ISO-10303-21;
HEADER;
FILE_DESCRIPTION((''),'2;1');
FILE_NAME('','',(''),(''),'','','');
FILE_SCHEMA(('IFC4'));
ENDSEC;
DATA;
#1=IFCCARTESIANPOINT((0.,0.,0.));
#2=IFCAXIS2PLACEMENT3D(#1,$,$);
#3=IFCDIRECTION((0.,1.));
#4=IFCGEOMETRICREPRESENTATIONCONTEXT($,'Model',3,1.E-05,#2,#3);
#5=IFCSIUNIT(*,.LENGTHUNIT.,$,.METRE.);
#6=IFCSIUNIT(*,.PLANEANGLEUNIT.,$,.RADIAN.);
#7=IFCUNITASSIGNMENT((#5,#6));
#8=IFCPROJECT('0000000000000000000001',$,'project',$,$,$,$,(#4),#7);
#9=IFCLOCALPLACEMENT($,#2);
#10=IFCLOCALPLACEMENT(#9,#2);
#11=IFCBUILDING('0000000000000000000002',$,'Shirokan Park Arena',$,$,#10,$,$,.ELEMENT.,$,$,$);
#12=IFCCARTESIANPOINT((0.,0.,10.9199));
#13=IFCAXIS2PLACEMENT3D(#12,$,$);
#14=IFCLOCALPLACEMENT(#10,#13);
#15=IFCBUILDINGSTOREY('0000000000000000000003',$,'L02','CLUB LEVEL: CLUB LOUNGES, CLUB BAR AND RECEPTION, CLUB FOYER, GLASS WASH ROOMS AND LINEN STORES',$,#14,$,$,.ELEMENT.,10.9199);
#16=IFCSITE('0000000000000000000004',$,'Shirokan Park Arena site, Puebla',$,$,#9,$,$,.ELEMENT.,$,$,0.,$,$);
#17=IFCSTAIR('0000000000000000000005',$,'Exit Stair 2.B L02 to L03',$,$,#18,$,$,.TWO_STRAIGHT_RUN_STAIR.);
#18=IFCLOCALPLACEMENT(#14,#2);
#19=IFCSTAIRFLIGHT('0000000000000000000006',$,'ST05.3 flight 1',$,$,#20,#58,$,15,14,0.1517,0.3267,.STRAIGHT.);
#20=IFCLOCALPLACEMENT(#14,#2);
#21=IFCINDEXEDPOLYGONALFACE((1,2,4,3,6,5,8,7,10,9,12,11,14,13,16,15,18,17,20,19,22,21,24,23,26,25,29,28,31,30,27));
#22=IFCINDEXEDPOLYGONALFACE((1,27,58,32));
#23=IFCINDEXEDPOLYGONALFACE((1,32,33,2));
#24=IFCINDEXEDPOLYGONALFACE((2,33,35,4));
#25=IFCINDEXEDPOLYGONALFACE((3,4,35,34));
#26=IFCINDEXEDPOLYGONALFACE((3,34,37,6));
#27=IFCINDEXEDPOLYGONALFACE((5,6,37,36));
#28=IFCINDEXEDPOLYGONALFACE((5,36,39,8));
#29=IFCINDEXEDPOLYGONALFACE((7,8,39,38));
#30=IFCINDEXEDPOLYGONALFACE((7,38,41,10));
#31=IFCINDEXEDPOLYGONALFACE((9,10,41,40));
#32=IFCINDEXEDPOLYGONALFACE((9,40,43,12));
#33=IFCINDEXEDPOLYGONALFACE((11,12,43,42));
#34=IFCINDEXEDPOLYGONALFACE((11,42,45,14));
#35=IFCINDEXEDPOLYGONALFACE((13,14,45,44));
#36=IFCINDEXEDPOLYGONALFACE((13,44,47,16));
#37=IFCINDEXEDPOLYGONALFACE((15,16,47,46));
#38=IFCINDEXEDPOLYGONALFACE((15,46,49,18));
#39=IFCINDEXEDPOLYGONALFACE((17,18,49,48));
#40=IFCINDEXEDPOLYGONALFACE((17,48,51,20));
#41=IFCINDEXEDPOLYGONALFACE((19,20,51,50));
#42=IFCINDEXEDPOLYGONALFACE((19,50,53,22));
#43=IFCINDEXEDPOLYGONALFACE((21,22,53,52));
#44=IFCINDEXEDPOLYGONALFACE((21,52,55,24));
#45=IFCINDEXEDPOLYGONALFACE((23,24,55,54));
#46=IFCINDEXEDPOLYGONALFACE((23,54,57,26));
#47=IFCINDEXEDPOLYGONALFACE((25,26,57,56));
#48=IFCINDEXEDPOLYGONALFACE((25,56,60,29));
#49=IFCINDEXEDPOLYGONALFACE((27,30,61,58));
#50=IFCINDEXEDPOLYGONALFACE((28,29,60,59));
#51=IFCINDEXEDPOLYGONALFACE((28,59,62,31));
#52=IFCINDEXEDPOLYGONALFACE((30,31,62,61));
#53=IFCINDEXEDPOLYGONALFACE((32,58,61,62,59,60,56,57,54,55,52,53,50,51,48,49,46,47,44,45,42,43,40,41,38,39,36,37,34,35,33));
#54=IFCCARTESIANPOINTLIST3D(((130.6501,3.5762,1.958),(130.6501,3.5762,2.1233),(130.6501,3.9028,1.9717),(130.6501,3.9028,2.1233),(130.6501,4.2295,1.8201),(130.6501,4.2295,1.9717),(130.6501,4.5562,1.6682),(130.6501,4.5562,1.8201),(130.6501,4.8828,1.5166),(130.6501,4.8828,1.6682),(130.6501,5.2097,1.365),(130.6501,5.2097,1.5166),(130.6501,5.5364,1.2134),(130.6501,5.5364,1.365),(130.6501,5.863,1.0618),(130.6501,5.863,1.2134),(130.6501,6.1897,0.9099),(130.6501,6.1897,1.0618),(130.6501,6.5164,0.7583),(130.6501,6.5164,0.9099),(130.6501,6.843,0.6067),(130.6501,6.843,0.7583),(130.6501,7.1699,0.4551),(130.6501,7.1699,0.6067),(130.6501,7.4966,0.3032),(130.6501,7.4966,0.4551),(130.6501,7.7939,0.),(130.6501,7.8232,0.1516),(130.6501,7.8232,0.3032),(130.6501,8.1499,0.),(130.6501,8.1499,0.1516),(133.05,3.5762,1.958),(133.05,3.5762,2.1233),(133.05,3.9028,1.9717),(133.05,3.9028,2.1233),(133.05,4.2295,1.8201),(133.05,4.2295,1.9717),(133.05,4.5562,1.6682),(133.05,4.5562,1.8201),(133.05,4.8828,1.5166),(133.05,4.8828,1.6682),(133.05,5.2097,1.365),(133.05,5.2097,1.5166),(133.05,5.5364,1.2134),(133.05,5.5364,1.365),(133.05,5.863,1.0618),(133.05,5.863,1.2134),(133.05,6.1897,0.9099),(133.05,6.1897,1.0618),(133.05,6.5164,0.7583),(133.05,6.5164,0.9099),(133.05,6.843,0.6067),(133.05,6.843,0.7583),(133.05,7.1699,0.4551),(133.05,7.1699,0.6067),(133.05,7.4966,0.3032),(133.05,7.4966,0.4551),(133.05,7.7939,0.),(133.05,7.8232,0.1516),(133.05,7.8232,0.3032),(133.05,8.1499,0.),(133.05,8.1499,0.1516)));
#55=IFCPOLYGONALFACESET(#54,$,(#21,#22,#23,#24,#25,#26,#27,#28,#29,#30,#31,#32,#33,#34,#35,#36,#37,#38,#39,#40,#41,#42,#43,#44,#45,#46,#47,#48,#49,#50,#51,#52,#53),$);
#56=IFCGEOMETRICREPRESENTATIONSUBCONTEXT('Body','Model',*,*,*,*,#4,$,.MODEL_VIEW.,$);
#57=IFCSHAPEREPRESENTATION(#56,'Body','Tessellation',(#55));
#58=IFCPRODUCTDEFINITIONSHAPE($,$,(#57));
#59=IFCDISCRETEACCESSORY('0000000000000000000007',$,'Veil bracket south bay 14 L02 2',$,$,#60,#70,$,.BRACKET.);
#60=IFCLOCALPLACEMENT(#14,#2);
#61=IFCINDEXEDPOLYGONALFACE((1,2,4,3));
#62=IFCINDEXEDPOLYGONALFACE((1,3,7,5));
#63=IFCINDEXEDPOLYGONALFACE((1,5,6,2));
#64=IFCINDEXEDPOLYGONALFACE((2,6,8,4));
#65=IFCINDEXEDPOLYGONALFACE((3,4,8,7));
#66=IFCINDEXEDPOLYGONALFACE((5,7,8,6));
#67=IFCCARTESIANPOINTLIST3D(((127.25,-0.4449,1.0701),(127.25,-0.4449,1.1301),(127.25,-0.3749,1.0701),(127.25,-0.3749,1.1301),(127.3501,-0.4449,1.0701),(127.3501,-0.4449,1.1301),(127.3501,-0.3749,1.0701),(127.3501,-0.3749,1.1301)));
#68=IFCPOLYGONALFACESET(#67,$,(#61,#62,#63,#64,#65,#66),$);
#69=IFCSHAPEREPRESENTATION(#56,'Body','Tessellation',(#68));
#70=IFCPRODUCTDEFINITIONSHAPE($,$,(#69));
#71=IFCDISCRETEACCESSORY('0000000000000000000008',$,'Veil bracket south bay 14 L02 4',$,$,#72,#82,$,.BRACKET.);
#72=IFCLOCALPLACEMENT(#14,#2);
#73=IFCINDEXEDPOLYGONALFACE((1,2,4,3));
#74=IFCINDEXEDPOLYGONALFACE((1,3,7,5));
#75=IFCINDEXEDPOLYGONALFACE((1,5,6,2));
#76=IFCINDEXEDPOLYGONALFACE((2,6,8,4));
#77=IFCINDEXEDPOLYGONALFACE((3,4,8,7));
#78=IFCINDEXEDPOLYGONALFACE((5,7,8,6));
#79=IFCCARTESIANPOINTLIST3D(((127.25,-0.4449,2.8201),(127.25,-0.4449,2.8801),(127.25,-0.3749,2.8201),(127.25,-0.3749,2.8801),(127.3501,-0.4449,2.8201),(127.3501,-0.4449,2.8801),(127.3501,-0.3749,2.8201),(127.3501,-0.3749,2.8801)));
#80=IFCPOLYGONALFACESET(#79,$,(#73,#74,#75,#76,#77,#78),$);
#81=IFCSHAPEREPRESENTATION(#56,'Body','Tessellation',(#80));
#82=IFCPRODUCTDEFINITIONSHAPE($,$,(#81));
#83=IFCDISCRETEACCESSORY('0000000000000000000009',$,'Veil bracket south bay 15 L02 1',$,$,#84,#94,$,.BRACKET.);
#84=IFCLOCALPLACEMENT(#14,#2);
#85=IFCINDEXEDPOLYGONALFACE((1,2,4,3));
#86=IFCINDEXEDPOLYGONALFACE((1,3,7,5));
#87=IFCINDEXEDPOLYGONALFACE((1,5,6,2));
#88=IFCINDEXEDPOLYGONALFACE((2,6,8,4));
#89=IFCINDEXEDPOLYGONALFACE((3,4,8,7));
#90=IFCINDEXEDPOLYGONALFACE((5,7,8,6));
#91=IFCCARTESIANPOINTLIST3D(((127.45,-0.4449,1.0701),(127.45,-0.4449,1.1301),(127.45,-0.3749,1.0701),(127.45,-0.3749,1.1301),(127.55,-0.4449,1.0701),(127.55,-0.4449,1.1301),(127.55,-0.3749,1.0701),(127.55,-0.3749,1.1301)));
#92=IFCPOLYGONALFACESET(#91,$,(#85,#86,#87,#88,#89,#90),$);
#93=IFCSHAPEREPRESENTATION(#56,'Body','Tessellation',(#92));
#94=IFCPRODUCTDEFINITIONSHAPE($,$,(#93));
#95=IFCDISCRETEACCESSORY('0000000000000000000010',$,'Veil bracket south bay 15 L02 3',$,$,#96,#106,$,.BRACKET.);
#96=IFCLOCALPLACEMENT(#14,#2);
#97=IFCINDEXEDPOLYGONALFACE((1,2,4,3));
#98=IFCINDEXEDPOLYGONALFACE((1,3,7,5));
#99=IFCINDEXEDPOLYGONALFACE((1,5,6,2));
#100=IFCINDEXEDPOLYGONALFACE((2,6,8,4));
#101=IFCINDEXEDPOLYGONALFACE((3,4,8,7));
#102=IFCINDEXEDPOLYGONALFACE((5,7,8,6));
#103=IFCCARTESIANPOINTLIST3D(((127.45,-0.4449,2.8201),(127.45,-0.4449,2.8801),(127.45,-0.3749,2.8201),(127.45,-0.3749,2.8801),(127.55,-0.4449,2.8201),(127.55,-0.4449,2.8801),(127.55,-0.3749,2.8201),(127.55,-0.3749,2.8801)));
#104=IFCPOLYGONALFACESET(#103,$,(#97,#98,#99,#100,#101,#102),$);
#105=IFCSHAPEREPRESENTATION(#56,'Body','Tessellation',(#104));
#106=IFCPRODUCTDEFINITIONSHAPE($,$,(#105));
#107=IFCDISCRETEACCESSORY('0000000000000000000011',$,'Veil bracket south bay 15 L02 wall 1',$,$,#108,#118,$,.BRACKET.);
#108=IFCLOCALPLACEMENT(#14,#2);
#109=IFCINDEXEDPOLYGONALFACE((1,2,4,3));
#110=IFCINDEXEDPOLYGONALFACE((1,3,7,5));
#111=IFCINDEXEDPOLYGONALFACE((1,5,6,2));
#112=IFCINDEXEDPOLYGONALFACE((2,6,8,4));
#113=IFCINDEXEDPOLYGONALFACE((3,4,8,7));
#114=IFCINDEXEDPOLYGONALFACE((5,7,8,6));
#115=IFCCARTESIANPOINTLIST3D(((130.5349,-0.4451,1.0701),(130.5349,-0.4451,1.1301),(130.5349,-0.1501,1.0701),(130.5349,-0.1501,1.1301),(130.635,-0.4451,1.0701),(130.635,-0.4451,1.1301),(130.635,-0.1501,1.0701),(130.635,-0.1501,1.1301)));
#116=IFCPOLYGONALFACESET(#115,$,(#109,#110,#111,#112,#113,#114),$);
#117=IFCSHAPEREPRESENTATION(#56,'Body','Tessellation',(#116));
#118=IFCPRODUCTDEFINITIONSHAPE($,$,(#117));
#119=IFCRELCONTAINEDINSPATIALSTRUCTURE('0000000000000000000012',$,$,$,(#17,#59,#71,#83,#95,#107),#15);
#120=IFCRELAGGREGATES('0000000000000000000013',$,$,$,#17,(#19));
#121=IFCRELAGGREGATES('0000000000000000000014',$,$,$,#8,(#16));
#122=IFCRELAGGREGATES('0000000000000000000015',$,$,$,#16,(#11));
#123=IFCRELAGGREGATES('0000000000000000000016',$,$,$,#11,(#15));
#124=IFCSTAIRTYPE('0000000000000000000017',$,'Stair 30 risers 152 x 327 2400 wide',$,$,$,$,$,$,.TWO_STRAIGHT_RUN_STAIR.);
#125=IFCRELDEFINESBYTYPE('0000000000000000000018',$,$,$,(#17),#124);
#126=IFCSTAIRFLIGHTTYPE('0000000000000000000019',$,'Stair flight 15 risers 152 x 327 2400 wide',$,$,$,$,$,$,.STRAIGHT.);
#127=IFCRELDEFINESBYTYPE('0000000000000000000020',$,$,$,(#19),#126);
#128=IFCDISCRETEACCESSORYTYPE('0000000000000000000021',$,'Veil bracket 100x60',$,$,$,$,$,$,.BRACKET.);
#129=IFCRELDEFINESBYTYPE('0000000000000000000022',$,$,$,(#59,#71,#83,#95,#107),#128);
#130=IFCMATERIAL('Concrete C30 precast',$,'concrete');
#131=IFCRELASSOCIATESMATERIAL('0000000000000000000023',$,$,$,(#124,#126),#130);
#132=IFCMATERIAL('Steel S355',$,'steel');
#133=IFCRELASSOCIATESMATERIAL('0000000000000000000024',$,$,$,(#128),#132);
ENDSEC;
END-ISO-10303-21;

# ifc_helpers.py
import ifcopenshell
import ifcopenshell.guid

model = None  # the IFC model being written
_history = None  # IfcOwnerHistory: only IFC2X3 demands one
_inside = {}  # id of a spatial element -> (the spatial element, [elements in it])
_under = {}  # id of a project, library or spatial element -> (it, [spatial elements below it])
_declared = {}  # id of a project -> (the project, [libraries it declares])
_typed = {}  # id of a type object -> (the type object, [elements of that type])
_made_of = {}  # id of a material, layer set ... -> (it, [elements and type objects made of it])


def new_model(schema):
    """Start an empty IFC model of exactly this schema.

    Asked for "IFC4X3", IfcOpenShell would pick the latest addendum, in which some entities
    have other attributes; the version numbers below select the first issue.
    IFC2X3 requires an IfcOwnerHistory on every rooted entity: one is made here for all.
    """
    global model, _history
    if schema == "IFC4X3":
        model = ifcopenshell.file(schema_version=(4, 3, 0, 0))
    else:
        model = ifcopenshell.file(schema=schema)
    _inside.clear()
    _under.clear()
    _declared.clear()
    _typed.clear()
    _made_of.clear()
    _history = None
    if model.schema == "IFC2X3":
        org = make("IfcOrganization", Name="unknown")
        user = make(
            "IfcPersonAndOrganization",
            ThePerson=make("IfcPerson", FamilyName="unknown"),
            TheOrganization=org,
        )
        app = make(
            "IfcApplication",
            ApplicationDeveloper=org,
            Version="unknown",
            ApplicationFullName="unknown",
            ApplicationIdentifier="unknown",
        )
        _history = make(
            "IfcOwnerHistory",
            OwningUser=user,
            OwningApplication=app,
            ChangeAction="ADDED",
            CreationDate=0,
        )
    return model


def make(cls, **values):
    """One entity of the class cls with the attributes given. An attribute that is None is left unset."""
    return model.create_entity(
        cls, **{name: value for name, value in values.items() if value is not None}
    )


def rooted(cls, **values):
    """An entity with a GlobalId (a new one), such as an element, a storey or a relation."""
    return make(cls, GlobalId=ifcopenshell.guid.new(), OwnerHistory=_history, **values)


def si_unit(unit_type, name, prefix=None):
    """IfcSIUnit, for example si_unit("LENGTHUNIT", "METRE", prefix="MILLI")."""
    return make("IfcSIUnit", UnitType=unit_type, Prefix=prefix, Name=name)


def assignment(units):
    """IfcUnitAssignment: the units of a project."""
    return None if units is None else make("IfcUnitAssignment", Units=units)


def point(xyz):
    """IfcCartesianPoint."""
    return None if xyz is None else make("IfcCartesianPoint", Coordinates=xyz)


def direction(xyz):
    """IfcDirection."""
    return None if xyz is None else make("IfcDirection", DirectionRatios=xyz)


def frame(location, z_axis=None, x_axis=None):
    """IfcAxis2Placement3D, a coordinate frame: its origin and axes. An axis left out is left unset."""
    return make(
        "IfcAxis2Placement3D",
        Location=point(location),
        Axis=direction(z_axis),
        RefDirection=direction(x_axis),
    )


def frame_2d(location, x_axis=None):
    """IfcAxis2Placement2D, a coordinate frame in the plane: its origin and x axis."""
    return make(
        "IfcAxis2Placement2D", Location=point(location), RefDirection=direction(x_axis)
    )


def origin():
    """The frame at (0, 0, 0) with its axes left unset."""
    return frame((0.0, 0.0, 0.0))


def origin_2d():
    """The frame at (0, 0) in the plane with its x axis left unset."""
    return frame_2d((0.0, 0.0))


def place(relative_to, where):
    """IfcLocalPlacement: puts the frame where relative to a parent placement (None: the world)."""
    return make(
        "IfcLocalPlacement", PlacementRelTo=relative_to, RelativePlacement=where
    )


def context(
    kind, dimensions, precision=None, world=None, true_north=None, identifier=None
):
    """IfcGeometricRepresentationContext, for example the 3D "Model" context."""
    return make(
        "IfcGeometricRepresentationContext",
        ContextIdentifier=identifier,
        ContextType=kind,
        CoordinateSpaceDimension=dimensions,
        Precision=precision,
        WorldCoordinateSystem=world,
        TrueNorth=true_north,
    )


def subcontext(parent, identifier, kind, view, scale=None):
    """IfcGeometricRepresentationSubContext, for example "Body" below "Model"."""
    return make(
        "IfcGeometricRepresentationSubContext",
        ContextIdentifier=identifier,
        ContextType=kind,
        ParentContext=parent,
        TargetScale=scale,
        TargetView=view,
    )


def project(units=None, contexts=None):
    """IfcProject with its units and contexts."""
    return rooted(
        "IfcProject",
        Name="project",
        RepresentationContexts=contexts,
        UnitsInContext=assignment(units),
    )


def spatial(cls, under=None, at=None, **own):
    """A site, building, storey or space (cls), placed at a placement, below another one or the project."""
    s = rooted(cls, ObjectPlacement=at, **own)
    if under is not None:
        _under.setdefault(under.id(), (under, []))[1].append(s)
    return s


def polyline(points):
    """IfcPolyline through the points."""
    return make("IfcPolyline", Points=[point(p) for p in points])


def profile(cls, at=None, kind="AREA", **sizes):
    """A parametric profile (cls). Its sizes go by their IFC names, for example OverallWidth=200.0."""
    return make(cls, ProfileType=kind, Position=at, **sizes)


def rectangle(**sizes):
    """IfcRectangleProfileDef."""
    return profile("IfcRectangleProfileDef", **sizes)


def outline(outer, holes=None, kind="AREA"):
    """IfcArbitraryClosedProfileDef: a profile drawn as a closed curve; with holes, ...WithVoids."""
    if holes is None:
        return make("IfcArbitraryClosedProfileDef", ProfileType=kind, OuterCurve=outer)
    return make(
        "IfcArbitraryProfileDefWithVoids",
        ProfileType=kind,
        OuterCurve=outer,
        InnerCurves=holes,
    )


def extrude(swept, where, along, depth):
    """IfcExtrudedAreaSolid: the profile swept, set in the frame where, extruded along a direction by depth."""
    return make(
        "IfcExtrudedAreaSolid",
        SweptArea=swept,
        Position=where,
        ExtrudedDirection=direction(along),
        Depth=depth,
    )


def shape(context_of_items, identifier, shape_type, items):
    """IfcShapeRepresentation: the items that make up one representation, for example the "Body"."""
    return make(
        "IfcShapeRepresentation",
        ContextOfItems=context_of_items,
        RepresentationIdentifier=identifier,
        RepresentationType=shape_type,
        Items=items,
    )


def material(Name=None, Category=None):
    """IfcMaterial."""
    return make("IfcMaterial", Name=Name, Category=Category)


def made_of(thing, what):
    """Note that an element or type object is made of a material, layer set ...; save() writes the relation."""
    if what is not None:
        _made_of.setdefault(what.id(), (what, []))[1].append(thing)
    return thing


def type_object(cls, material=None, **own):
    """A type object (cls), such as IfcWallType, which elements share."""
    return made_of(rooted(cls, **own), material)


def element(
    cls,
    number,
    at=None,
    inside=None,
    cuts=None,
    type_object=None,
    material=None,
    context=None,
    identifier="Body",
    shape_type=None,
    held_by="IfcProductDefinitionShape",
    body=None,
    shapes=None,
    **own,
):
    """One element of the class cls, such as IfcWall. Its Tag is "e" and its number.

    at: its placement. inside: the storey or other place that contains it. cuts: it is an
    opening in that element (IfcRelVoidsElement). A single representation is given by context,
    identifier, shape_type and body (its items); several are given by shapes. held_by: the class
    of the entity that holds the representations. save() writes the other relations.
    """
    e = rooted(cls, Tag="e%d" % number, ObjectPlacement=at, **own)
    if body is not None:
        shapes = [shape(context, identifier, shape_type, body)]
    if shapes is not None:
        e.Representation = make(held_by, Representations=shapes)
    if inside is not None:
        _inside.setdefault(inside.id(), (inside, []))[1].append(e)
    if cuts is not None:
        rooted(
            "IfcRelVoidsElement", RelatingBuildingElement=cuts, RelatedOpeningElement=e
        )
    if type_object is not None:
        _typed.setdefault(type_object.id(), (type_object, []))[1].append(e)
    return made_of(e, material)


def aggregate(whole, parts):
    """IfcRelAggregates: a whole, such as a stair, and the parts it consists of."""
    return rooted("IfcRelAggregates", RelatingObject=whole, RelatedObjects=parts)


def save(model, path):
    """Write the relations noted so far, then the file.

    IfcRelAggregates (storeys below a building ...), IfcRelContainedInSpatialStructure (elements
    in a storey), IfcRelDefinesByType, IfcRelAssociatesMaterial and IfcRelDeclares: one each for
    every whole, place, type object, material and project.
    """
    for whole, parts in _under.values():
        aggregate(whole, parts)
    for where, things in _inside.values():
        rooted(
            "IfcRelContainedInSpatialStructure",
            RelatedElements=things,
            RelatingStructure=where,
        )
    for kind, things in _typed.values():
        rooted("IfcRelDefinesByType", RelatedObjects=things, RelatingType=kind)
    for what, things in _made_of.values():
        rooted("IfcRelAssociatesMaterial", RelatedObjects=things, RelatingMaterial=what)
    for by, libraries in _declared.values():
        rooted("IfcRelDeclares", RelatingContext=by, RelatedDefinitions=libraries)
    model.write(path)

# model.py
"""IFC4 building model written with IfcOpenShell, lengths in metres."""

from ifc_helpers import new_model, si_unit, direction, frame, origin, origin_2d, place, context, subcontext, project, spatial, polyline, rectangle, outline, extrude, material, type_object, element, aggregate, save


model = new_model("IFC4")

# Units and contexts
model_context = context("Model", 3, precision=1e-05, world=origin(), true_north=direction((0.0, 1.0)))
body_context = subcontext(model_context, "Body", "Model", "MODEL_VIEW")
ifc_project = project(units=[si_unit("LENGTHUNIT", "METRE"), si_unit("PLANEANGLEUNIT", "RADIAN")], contexts=[model_context])

# Site, building, storey
site_placement = place(None, origin())
site = spatial("IfcSite", under=ifc_project, at=site_placement, Name="Shirokan Park Arena site, Puebla", CompositionType="ELEMENT", RefElevation=0.0)
building_placement = place(site_placement, origin())
building = spatial("IfcBuilding", under=site, at=building_placement, Name="Shirokan Park Arena", CompositionType="ELEMENT")
storey_placement = place(building_placement, frame((0.0, 0.0, 10.9199)))
storey = spatial("IfcBuildingStorey", under=building, at=storey_placement, Name="L02", Description="CLUB LEVEL: CLUB LOUNGES, CLUB BAR AND RECEPTION, CLUB FOYER, GLASS WASH ROOMS AND LINEN STORES", CompositionType="ELEMENT", Elevation=10.9199)

# Shared definitions
ifc_material_1 = material(Name="Steel S355", Category="steel")

# Stair, stair flight
ifc_material_2 = material(Name="Concrete C30 precast", Category="concrete")
stair_type = type_object("IfcStairType", Name="Stair 30 risers 152 x 327 2400 wide", PredefinedType="TWO_STRAIGHT_RUN_STAIR", material=ifc_material_2)
stair_placement = place(storey_placement, origin())
stair = element("IfcStair", 1, at=stair_placement, inside=storey, type_object=stair_type, Name="Exit Stair 2.B L02 to L03", PredefinedType="TWO_STRAIGHT_RUN_STAIR")
stair_flight_type = type_object("IfcStairFlightType", Name="Stair flight 15 risers 152 x 327 2400 wide", PredefinedType="STRAIGHT", material=ifc_material_2)
stair_flight_placement = place(storey_placement, frame((131.8501, 8.1499, 0.0), z_axis=(0.0, 0.0, 1.0), x_axis=(0.0, -1.0, 0.0)))
stair_flight = element("IfcStairFlight", 2, at=stair_flight_placement, type_object=stair_flight_type, Name="ST05.3 flight 1", NumberOfRisers=15, NumberOfTreads=14, PredefinedType="STRAIGHT", RiserHeight=0.1517, TreadLength=0.3267, context=body_context, shape_type="SweptSolid", body=[
    extrude(outline(polyline([(0.0, 0.0), (0.0, 0.1516), (0.3267, 0.1516), (0.3267, 0.3032), (0.6533, 0.3032), (0.6533, 0.4551), (0.98, 0.4551), (0.98, 0.6067), (1.3069, 0.6067), (1.3069, 0.7583), (1.6335, 0.7583), (1.6335, 0.9099), (1.9602, 0.9099), (1.9602, 1.0618), (2.2869, 1.0618), (2.2869, 1.2134), (2.6135, 1.2134), (2.6135, 1.365), (2.9402, 1.365), (2.9402, 1.5166), (3.2671, 1.5166), (3.2671, 1.6682), (3.5938, 1.6682), (3.5938, 1.8201), (3.9204, 1.8201), (3.9204, 1.9717), (4.2471, 1.9717), (4.2471, 2.1233), (4.5737, 2.1233), (4.5737, 2.2749), (4.5737, 1.958), (0.356, 0.0), (0.0, 0.0)])), frame((0.0, 1.2, 0.0), z_axis=(0.0, -1.0, 0.0), x_axis=(1.0, 0.0, 0.0)), (0.0, 0.0, 1.0), 2.3999),
])
aggregate(stair, [stair_flight])

# Discrete accessories
discrete_accessory_type = type_object("IfcDiscreteAccessoryType", Name="Veil bracket 100x60", PredefinedType="BRACKET", material=ifc_material_1)
for number, where, z_axis, x_axis, name in (
    (3, (127.3, -0.4099, 1.0701), (0.0, 0.0, 1.0), (1.0, 0.0, 0.0), "Veil bracket south bay 14 L02 2"),
    (4, (127.3, -0.4099, 2.8201), (0.0, 0.0, 1.0), (1.0, 0.0, 0.0), "Veil bracket south bay 14 L02 4"),
    (5, (127.5, -0.4099, 1.0701), (0.0, 0.0, 1.0), (1.0, 0.0, 0.0), "Veil bracket south bay 15 L02 1"),
    (6, (127.5, -0.4099, 2.8201), (0.0, 0.0, 1.0), (1.0, 0.0, 0.0), "Veil bracket south bay 15 L02 3"),
):
    element("IfcDiscreteAccessory", number, at=place(storey_placement, frame(where, z_axis=z_axis, x_axis=x_axis)), inside=storey, type_object=discrete_accessory_type, Name=name, PredefinedType="BRACKET", context=body_context, shape_type="SweptSolid", body=[
        extrude(rectangle(XDim=0.1001, YDim=0.0701, at=origin_2d()), origin(), (0.0, 0.0, 1.0), 0.0601),
    ])
discrete_accessory_placement = place(storey_placement, frame((130.585, -0.2976, 1.0701), z_axis=(0.0, 0.0, 1.0), x_axis=(1.0, 0.0, 0.0)))
element("IfcDiscreteAccessory", 7, at=discrete_accessory_placement, inside=storey, type_object=discrete_accessory_type, Name="Veil bracket south bay 15 L02 wall 1", PredefinedType="BRACKET", context=body_context, shape_type="SweptSolid", body=[
    extrude(rectangle(XDim=0.1001, YDim=0.2949, at=origin_2d()), origin(), (0.0, 0.0, 1.0), 0.0601),
])

save(model, "model.ifc")
